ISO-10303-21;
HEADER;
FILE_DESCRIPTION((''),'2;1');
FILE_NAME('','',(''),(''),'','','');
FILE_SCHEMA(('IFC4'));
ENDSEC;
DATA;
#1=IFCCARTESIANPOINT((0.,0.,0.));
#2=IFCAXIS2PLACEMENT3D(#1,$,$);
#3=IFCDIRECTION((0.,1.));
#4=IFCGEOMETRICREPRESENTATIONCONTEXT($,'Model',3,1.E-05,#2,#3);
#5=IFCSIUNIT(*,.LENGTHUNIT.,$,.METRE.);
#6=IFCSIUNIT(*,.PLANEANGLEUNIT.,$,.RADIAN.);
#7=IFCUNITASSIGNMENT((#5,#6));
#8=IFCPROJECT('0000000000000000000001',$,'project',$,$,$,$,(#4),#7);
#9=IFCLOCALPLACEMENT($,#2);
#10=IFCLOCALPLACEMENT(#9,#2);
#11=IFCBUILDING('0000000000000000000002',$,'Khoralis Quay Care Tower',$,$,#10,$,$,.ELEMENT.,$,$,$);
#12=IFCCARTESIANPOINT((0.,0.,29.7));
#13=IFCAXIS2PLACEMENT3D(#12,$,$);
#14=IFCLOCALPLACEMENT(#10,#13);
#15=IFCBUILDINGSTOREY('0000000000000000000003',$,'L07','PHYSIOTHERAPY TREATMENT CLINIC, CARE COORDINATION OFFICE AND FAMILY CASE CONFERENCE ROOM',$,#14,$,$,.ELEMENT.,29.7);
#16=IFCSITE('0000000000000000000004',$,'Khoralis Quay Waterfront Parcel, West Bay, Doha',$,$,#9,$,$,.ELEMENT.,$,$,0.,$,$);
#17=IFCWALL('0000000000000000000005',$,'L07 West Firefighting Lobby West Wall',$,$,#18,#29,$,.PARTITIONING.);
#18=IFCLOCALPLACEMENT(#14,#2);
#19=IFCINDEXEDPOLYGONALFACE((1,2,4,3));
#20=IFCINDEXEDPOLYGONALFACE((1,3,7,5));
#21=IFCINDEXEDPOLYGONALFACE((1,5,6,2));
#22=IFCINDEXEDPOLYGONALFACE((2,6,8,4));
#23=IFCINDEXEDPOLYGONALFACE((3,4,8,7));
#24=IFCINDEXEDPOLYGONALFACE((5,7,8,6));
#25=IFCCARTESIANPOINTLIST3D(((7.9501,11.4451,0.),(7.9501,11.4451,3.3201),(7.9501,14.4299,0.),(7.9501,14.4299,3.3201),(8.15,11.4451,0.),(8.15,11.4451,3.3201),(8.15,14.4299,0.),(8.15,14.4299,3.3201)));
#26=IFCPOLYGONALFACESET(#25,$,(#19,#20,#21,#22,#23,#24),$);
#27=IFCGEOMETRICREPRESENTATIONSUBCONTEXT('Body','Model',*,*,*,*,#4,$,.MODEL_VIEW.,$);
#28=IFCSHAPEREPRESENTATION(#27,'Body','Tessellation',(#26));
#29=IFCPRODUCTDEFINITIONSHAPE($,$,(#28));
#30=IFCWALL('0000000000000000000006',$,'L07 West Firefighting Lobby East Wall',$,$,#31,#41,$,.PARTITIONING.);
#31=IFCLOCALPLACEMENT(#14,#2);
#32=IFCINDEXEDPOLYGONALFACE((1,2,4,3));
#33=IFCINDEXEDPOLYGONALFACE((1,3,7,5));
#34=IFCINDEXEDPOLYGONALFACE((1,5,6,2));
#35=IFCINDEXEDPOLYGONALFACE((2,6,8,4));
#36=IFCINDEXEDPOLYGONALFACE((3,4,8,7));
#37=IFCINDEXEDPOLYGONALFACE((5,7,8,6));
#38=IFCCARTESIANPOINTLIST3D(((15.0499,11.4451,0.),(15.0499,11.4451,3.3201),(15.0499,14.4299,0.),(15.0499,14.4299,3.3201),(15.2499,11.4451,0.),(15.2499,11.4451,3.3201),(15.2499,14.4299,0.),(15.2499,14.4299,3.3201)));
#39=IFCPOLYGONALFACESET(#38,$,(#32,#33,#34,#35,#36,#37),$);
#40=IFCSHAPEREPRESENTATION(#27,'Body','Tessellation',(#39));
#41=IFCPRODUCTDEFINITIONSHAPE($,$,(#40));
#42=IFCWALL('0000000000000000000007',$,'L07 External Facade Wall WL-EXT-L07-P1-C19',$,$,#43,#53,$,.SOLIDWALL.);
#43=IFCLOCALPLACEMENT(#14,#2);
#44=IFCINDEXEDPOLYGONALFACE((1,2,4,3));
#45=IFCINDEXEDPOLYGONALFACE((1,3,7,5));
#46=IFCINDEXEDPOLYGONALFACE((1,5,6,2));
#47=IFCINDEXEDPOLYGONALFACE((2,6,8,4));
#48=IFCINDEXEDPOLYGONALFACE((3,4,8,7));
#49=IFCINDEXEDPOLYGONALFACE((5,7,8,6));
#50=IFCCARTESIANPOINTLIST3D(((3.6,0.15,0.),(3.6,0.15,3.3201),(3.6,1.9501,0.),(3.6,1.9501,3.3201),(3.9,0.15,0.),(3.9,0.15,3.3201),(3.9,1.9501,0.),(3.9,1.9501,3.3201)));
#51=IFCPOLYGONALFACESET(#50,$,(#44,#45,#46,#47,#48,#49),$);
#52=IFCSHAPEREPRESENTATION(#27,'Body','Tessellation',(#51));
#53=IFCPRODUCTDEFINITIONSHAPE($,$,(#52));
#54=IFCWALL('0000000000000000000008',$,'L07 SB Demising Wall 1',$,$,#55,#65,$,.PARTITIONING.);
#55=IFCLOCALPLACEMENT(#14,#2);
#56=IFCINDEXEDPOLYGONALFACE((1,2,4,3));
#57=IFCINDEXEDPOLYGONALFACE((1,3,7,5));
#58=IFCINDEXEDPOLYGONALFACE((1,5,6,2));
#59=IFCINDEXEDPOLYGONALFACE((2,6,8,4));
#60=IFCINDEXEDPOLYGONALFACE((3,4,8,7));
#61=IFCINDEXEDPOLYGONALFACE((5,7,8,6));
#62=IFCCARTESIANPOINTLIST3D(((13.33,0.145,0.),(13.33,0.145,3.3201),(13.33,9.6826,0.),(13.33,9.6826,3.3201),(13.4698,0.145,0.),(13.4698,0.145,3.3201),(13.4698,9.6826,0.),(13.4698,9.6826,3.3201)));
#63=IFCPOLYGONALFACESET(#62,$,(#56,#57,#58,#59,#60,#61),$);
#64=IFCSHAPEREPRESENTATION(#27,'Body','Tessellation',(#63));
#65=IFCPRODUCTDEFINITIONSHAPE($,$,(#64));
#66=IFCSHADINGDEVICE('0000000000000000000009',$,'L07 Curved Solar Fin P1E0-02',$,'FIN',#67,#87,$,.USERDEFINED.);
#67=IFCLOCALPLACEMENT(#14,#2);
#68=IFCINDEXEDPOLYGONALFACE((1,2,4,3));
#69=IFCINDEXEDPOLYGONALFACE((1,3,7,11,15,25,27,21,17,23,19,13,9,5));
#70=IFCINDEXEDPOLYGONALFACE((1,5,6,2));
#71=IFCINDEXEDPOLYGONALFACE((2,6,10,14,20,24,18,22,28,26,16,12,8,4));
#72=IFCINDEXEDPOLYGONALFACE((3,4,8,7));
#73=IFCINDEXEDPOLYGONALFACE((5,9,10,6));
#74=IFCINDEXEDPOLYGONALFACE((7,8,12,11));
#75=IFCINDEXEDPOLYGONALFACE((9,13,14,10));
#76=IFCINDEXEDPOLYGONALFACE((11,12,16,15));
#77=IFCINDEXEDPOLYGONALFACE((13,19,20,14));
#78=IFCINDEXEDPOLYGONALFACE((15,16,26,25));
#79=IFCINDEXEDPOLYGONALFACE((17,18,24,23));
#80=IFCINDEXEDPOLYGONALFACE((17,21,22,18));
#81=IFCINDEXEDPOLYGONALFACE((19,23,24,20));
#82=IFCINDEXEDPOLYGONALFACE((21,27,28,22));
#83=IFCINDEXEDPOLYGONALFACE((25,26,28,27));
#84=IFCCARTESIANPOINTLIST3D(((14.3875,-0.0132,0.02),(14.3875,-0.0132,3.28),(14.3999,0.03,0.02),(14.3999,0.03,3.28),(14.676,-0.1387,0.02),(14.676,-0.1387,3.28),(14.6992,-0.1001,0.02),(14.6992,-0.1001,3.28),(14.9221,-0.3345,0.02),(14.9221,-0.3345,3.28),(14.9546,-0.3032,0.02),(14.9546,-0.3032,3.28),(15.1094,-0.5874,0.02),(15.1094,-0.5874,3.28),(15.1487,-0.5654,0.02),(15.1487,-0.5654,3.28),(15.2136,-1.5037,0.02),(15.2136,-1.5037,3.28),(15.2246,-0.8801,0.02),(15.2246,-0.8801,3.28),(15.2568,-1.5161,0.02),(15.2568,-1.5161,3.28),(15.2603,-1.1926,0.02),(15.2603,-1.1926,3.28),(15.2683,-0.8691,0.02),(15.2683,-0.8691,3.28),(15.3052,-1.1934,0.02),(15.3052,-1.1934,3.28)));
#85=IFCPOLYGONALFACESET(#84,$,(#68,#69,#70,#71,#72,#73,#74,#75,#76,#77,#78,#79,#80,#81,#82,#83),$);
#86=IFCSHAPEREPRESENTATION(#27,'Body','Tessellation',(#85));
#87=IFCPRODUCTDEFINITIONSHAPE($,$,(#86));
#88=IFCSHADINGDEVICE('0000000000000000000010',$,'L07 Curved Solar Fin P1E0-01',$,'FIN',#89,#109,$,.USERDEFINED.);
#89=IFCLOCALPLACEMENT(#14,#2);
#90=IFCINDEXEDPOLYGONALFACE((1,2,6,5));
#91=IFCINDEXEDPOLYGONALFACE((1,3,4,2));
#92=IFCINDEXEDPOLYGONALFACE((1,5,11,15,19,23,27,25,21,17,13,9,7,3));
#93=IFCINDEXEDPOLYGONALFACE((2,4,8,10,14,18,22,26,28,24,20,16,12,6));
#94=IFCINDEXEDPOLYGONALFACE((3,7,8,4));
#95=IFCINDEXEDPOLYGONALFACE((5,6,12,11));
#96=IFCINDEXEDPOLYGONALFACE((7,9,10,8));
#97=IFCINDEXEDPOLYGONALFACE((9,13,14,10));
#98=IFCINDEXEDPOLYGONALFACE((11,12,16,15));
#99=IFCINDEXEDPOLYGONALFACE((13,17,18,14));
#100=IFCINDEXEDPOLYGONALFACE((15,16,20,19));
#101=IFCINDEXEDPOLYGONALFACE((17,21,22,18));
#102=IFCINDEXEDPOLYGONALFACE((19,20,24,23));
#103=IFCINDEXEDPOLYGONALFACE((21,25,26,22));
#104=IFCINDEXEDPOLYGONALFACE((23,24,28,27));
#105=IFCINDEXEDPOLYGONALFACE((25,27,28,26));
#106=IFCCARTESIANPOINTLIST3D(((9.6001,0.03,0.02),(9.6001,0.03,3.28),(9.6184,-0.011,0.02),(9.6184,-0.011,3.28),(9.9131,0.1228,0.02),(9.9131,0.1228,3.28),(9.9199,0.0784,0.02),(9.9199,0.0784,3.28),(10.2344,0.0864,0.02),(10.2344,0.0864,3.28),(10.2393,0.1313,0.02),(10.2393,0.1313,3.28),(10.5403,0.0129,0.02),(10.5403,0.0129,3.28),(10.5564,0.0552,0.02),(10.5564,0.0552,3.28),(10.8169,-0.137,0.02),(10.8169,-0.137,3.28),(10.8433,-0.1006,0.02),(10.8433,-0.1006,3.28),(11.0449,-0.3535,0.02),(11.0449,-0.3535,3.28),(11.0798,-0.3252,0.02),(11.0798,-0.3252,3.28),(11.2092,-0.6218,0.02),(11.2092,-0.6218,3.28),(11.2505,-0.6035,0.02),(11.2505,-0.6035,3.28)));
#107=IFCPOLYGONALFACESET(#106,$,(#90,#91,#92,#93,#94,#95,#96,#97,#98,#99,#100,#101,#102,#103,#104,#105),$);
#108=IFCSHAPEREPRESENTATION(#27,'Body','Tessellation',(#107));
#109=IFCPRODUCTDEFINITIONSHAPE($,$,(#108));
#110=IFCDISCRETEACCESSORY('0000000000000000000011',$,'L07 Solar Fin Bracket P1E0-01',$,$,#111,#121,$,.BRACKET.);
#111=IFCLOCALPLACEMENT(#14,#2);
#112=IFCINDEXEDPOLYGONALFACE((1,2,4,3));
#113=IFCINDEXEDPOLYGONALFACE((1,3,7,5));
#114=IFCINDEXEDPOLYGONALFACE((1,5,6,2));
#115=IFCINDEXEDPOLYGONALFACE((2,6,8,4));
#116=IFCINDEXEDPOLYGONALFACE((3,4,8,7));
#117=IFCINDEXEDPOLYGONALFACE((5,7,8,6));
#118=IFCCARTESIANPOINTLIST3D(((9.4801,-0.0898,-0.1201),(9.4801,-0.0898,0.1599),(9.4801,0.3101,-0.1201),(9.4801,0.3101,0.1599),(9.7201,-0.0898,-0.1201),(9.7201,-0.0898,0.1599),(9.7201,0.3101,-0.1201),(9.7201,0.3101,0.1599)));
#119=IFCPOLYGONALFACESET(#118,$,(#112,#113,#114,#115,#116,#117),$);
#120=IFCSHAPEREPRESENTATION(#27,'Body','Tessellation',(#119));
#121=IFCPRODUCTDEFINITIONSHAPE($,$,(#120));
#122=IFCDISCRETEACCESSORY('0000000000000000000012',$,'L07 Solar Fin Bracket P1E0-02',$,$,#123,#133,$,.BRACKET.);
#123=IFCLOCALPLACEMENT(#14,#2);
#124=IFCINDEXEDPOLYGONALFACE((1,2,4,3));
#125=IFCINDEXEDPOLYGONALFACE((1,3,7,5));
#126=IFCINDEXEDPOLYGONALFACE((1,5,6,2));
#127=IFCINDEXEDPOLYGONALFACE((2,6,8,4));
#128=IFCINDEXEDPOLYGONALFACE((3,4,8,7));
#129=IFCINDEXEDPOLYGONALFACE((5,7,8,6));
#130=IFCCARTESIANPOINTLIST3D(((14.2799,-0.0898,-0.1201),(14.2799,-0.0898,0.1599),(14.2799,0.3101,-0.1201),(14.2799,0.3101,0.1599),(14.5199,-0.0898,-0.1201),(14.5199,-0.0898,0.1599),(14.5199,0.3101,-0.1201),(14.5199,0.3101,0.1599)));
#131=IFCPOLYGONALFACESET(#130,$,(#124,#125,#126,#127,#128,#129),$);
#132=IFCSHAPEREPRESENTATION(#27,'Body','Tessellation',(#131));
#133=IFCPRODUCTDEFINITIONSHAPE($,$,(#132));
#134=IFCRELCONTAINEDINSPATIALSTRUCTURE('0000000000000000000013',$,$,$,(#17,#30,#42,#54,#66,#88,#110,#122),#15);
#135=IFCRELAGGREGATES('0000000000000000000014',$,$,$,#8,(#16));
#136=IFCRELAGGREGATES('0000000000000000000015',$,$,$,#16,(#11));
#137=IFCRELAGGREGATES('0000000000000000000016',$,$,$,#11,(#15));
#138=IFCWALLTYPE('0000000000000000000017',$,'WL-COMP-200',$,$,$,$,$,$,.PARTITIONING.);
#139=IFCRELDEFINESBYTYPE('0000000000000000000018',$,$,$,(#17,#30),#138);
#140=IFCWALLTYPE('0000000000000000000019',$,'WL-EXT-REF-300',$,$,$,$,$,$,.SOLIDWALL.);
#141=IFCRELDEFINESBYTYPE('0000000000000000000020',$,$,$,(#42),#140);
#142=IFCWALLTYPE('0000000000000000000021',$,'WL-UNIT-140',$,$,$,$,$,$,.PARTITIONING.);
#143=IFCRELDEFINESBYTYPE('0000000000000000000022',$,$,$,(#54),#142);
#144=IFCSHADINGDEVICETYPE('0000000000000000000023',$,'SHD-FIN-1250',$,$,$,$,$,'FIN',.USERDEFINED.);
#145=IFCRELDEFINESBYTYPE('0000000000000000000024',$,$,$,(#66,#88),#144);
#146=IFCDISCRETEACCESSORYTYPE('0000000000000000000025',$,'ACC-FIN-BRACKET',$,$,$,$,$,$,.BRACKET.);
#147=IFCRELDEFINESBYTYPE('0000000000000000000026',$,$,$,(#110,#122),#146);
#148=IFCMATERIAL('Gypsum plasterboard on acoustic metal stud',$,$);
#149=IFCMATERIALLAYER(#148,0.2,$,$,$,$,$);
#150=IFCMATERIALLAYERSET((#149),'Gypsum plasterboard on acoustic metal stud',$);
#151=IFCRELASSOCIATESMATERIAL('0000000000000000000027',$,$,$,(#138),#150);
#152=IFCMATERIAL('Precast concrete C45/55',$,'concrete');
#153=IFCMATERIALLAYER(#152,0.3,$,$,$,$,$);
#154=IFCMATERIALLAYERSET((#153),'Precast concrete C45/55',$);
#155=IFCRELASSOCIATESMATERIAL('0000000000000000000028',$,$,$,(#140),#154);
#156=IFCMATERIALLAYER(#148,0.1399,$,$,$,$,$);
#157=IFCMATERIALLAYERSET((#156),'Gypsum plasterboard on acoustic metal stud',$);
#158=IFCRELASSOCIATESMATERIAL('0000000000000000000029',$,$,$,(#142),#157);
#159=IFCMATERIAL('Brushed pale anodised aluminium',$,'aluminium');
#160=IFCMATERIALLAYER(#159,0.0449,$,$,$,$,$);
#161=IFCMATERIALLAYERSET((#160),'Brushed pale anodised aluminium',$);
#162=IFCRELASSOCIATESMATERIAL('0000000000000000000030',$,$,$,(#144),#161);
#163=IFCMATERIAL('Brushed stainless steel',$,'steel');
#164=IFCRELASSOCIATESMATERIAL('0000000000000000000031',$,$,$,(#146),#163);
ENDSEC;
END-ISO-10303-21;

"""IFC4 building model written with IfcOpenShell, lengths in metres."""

from ifc_helpers import new_model, si_unit, direction, frame, frame_2d, origin, origin_2d, place, context, subcontext, project, spatial, polyline, rectangle, outline, extrude, source, transform, mapped, material, layer, layer_set, type_object, element, save


model = new_model("IFC4")

# Units and contexts
model_context = context("Model", 3, precision=1e-05, world=origin(), true_north=direction((0.0, 1.0)))
body_context = subcontext(model_context, "Body", "Model", "MODEL_VIEW")
ifc_project = project(units=[si_unit("LENGTHUNIT", "METRE"), si_unit("PLANEANGLEUNIT", "RADIAN")], contexts=[model_context])

# Site, building, storey
site_placement = place(None, origin())
site = spatial("IfcSite", under=ifc_project, at=site_placement, Name="Khoralis Quay Waterfront Parcel, West Bay, Doha", CompositionType="ELEMENT", RefElevation=0.0)
building_placement = place(site_placement, origin())
building = spatial("IfcBuilding", under=site, at=building_placement, Name="Khoralis Quay Care Tower", CompositionType="ELEMENT")
storey_placement = place(building_placement, frame((0.0, 0.0, 29.7)))
storey = spatial("IfcBuildingStorey", under=building, at=storey_placement, Name="L07", Description="PHYSIOTHERAPY TREATMENT CLINIC, CARE COORDINATION OFFICE AND FAMILY CASE CONFERENCE ROOM", CompositionType="ELEMENT", Elevation=29.7)

# Shared definitions
ifc_material_1 = material(Name="Gypsum plasterboard on acoustic metal stud")
ifc_layer_1 = layer(ifc_material_1, 0.2)
ifc_layer_set_1 = layer_set([ifc_layer_1], Name="Gypsum plasterboard on acoustic metal stud")
wall_type_1 = type_object("IfcWallType", Name="WL-COMP-200", PredefinedType="PARTITIONING", material=ifc_layer_set_1)

# Walls
for number, where, z_axis, x_axis, name in (
    (1, (8.05, 11.4451, 0.0), (0.0, 0.0, 1.0), (0.0, 1.0, 0.0), "L07 West Firefighting Lobby West Wall"),
    (2, (15.1499, 11.4451, 0.0), (0.0, 0.0, 1.0), (0.0, 1.0, 0.0), "L07 West Firefighting Lobby East Wall"),
):
    element("IfcWall", number, at=place(storey_placement, frame(where, z_axis=z_axis, x_axis=x_axis)), inside=storey, type_object=wall_type_1, Name=name, PredefinedType="PARTITIONING", context=body_context, shape_type="SweptSolid", body=[
        extrude(rectangle(XDim=2.9849, YDim=0.2, at=frame_2d((1.4924, 0.0))), origin(), (0.0, 0.0, 1.0), 3.3201),
    ])

# Shared definitions
ifc_material_2 = material(Name="Precast concrete C45/55", Category="concrete")
ifc_layer_2 = layer(ifc_material_2, 0.3)
ifc_layer_set_2 = layer_set([ifc_layer_2], Name="Precast concrete C45/55")
wall_type_2 = type_object("IfcWallType", Name="WL-EXT-REF-300", PredefinedType="SOLIDWALL", material=ifc_layer_set_2)

# Walls
wall_1_placement = place(storey_placement, frame((3.75, 1.95, 0.0), z_axis=(0.0, 0.0, 1.0), x_axis=(0.0, -1.0, 0.0)))
element("IfcWall", 3, at=wall_1_placement, inside=storey, type_object=wall_type_2, Name="L07 External Facade Wall WL-EXT-L07-P1-C19", PredefinedType="SOLIDWALL", context=body_context, shape_type="SweptSolid", body=[
    extrude(rectangle(XDim=1.8, YDim=0.3, at=frame_2d((0.8999, 0.0))), origin(), (0.0, 0.0, 1.0), 3.3201),
])
ifc_layer_3 = layer(ifc_material_1, 0.1399)
ifc_layer_set_3 = layer_set([ifc_layer_3], Name="Gypsum plasterboard on acoustic metal stud")
wall_type_3 = type_object("IfcWallType", Name="WL-UNIT-140", PredefinedType="PARTITIONING", material=ifc_layer_set_3)
wall_2_placement = place(storey_placement, frame((13.3999, 0.145, 0.0), z_axis=(0.0, 0.0, 1.0), x_axis=(0.0, 1.0, 0.0)))
element("IfcWall", 4, at=wall_2_placement, inside=storey, type_object=wall_type_3, Name="L07 SB Demising Wall 1", PredefinedType="PARTITIONING", context=body_context, shape_type="SweptSolid", body=[
    extrude(rectangle(XDim=9.5376, YDim=0.1399, at=frame_2d((4.7688, 0.0))), origin(), (0.0, 0.0, 1.0), 3.3201),
])

# Shading devices
ifc_material_3 = material(Name="Brushed pale anodised aluminium", Category="aluminium")
ifc_layer_4 = layer(ifc_material_3, 0.0449)
ifc_layer_set_4 = layer_set([ifc_layer_4], Name="Brushed pale anodised aluminium")
shading_device_type = type_object("IfcShadingDeviceType", Name="SHD-FIN-1250", ElementType="FIN", PredefinedType="USERDEFINED", material=ifc_layer_set_4)
shared_shape_1 = source(origin(), body_context, "Body", "SweptSolid", [
    extrude(outline(polyline([(0.0, 0.0), (0.1301, 0.2993), (0.3333, 0.5547), (0.5955, 0.7488), (0.8992, 0.8684), (1.2234, 0.9053), (1.5461, 0.8569), (1.5337, 0.8137), (1.2227, 0.8604), (0.9102, 0.8247), (0.6174, 0.7095), (0.3645, 0.5222), (0.1687, 0.2761), (0.0432, -0.0125), (0.0, 0.0)])), origin(), (0.0, 0.0, 1.0), 3.26),
])
shading_device_1_placement = place(storey_placement, frame((14.3999, 0.03, 0.02), z_axis=(0.0, 0.0, 1.0), x_axis=(0.0, -1.0, 0.0)))
element("IfcShadingDevice", 5, at=shading_device_1_placement, inside=storey, type_object=shading_device_type, Name="L07 Curved Solar Fin P1E0-02", ObjectType="FIN", PredefinedType="USERDEFINED", context=body_context, shape_type="MappedRepresentation", body=[
    mapped(shared_shape_1, transform((0.0, 0.0, 0.0), scale=1.0)),
])
shared_shape_2 = source(origin(), body_context, "Body", "SweptSolid", [
    extrude(outline(polyline([(0.0, 0.0), (-0.0928, 0.313), (-0.1013, 0.6392), (-0.0251, 0.9563), (0.1306, 1.2432), (0.3552, 1.4797), (0.6335, 1.6504), (0.6519, 1.6091), (0.3835, 1.4448), (0.167, 1.2168), (0.0171, 0.9402), (-0.0564, 0.6343), (-0.0483, 0.3198), (0.041, 0.0183), (0.0, 0.0)])), origin(), (0.0, 0.0, 1.0), 3.26),
])
shading_device_2_placement = place(storey_placement, frame((9.6001, 0.03, 0.02), z_axis=(0.0, 0.0, 1.0), x_axis=(0.0, -1.0, 0.0)))
element("IfcShadingDevice", 6, at=shading_device_2_placement, inside=storey, type_object=shading_device_type, Name="L07 Curved Solar Fin P1E0-01", ObjectType="FIN", PredefinedType="USERDEFINED", context=body_context, shape_type="MappedRepresentation", body=[
    mapped(shared_shape_2, transform((0.0, 0.0, 0.0), scale=1.0)),
])

# Discrete accessories
ifc_material_4 = material(Name="Brushed stainless steel", Category="steel")
discrete_accessory_type = type_object("IfcDiscreteAccessoryType", Name="ACC-FIN-BRACKET", PredefinedType="BRACKET", material=ifc_material_4)
shared_shape_3 = source(origin(), body_context, "Body", "SweptSolid", [
    extrude(rectangle(XDim=0.3999, YDim=0.24, at=origin_2d()), origin(), (0.0, 0.0, 1.0), 0.28),
])
for number, where, z_axis, x_axis, name in (
    (7, (9.6001, 0.1101, -0.1201), (0.0, 0.0, 1.0), (0.0, -1.0, 0.0), "L07 Solar Fin Bracket P1E0-01"),
    (8, (14.3999, 0.1101, -0.1201), (0.0, 0.0, 1.0), (0.0, -1.0, 0.0), "L07 Solar Fin Bracket P1E0-02"),
):
    element("IfcDiscreteAccessory", number, at=place(storey_placement, frame(where, z_axis=z_axis, x_axis=x_axis)), inside=storey, type_object=discrete_accessory_type, Name=name, PredefinedType="BRACKET", context=body_context, shape_type="MappedRepresentation", body=[
        mapped(shared_shape_3, transform((0.0, 0.0, 0.0), scale=1.0)),
    ])

save(model, "model.ifc")
